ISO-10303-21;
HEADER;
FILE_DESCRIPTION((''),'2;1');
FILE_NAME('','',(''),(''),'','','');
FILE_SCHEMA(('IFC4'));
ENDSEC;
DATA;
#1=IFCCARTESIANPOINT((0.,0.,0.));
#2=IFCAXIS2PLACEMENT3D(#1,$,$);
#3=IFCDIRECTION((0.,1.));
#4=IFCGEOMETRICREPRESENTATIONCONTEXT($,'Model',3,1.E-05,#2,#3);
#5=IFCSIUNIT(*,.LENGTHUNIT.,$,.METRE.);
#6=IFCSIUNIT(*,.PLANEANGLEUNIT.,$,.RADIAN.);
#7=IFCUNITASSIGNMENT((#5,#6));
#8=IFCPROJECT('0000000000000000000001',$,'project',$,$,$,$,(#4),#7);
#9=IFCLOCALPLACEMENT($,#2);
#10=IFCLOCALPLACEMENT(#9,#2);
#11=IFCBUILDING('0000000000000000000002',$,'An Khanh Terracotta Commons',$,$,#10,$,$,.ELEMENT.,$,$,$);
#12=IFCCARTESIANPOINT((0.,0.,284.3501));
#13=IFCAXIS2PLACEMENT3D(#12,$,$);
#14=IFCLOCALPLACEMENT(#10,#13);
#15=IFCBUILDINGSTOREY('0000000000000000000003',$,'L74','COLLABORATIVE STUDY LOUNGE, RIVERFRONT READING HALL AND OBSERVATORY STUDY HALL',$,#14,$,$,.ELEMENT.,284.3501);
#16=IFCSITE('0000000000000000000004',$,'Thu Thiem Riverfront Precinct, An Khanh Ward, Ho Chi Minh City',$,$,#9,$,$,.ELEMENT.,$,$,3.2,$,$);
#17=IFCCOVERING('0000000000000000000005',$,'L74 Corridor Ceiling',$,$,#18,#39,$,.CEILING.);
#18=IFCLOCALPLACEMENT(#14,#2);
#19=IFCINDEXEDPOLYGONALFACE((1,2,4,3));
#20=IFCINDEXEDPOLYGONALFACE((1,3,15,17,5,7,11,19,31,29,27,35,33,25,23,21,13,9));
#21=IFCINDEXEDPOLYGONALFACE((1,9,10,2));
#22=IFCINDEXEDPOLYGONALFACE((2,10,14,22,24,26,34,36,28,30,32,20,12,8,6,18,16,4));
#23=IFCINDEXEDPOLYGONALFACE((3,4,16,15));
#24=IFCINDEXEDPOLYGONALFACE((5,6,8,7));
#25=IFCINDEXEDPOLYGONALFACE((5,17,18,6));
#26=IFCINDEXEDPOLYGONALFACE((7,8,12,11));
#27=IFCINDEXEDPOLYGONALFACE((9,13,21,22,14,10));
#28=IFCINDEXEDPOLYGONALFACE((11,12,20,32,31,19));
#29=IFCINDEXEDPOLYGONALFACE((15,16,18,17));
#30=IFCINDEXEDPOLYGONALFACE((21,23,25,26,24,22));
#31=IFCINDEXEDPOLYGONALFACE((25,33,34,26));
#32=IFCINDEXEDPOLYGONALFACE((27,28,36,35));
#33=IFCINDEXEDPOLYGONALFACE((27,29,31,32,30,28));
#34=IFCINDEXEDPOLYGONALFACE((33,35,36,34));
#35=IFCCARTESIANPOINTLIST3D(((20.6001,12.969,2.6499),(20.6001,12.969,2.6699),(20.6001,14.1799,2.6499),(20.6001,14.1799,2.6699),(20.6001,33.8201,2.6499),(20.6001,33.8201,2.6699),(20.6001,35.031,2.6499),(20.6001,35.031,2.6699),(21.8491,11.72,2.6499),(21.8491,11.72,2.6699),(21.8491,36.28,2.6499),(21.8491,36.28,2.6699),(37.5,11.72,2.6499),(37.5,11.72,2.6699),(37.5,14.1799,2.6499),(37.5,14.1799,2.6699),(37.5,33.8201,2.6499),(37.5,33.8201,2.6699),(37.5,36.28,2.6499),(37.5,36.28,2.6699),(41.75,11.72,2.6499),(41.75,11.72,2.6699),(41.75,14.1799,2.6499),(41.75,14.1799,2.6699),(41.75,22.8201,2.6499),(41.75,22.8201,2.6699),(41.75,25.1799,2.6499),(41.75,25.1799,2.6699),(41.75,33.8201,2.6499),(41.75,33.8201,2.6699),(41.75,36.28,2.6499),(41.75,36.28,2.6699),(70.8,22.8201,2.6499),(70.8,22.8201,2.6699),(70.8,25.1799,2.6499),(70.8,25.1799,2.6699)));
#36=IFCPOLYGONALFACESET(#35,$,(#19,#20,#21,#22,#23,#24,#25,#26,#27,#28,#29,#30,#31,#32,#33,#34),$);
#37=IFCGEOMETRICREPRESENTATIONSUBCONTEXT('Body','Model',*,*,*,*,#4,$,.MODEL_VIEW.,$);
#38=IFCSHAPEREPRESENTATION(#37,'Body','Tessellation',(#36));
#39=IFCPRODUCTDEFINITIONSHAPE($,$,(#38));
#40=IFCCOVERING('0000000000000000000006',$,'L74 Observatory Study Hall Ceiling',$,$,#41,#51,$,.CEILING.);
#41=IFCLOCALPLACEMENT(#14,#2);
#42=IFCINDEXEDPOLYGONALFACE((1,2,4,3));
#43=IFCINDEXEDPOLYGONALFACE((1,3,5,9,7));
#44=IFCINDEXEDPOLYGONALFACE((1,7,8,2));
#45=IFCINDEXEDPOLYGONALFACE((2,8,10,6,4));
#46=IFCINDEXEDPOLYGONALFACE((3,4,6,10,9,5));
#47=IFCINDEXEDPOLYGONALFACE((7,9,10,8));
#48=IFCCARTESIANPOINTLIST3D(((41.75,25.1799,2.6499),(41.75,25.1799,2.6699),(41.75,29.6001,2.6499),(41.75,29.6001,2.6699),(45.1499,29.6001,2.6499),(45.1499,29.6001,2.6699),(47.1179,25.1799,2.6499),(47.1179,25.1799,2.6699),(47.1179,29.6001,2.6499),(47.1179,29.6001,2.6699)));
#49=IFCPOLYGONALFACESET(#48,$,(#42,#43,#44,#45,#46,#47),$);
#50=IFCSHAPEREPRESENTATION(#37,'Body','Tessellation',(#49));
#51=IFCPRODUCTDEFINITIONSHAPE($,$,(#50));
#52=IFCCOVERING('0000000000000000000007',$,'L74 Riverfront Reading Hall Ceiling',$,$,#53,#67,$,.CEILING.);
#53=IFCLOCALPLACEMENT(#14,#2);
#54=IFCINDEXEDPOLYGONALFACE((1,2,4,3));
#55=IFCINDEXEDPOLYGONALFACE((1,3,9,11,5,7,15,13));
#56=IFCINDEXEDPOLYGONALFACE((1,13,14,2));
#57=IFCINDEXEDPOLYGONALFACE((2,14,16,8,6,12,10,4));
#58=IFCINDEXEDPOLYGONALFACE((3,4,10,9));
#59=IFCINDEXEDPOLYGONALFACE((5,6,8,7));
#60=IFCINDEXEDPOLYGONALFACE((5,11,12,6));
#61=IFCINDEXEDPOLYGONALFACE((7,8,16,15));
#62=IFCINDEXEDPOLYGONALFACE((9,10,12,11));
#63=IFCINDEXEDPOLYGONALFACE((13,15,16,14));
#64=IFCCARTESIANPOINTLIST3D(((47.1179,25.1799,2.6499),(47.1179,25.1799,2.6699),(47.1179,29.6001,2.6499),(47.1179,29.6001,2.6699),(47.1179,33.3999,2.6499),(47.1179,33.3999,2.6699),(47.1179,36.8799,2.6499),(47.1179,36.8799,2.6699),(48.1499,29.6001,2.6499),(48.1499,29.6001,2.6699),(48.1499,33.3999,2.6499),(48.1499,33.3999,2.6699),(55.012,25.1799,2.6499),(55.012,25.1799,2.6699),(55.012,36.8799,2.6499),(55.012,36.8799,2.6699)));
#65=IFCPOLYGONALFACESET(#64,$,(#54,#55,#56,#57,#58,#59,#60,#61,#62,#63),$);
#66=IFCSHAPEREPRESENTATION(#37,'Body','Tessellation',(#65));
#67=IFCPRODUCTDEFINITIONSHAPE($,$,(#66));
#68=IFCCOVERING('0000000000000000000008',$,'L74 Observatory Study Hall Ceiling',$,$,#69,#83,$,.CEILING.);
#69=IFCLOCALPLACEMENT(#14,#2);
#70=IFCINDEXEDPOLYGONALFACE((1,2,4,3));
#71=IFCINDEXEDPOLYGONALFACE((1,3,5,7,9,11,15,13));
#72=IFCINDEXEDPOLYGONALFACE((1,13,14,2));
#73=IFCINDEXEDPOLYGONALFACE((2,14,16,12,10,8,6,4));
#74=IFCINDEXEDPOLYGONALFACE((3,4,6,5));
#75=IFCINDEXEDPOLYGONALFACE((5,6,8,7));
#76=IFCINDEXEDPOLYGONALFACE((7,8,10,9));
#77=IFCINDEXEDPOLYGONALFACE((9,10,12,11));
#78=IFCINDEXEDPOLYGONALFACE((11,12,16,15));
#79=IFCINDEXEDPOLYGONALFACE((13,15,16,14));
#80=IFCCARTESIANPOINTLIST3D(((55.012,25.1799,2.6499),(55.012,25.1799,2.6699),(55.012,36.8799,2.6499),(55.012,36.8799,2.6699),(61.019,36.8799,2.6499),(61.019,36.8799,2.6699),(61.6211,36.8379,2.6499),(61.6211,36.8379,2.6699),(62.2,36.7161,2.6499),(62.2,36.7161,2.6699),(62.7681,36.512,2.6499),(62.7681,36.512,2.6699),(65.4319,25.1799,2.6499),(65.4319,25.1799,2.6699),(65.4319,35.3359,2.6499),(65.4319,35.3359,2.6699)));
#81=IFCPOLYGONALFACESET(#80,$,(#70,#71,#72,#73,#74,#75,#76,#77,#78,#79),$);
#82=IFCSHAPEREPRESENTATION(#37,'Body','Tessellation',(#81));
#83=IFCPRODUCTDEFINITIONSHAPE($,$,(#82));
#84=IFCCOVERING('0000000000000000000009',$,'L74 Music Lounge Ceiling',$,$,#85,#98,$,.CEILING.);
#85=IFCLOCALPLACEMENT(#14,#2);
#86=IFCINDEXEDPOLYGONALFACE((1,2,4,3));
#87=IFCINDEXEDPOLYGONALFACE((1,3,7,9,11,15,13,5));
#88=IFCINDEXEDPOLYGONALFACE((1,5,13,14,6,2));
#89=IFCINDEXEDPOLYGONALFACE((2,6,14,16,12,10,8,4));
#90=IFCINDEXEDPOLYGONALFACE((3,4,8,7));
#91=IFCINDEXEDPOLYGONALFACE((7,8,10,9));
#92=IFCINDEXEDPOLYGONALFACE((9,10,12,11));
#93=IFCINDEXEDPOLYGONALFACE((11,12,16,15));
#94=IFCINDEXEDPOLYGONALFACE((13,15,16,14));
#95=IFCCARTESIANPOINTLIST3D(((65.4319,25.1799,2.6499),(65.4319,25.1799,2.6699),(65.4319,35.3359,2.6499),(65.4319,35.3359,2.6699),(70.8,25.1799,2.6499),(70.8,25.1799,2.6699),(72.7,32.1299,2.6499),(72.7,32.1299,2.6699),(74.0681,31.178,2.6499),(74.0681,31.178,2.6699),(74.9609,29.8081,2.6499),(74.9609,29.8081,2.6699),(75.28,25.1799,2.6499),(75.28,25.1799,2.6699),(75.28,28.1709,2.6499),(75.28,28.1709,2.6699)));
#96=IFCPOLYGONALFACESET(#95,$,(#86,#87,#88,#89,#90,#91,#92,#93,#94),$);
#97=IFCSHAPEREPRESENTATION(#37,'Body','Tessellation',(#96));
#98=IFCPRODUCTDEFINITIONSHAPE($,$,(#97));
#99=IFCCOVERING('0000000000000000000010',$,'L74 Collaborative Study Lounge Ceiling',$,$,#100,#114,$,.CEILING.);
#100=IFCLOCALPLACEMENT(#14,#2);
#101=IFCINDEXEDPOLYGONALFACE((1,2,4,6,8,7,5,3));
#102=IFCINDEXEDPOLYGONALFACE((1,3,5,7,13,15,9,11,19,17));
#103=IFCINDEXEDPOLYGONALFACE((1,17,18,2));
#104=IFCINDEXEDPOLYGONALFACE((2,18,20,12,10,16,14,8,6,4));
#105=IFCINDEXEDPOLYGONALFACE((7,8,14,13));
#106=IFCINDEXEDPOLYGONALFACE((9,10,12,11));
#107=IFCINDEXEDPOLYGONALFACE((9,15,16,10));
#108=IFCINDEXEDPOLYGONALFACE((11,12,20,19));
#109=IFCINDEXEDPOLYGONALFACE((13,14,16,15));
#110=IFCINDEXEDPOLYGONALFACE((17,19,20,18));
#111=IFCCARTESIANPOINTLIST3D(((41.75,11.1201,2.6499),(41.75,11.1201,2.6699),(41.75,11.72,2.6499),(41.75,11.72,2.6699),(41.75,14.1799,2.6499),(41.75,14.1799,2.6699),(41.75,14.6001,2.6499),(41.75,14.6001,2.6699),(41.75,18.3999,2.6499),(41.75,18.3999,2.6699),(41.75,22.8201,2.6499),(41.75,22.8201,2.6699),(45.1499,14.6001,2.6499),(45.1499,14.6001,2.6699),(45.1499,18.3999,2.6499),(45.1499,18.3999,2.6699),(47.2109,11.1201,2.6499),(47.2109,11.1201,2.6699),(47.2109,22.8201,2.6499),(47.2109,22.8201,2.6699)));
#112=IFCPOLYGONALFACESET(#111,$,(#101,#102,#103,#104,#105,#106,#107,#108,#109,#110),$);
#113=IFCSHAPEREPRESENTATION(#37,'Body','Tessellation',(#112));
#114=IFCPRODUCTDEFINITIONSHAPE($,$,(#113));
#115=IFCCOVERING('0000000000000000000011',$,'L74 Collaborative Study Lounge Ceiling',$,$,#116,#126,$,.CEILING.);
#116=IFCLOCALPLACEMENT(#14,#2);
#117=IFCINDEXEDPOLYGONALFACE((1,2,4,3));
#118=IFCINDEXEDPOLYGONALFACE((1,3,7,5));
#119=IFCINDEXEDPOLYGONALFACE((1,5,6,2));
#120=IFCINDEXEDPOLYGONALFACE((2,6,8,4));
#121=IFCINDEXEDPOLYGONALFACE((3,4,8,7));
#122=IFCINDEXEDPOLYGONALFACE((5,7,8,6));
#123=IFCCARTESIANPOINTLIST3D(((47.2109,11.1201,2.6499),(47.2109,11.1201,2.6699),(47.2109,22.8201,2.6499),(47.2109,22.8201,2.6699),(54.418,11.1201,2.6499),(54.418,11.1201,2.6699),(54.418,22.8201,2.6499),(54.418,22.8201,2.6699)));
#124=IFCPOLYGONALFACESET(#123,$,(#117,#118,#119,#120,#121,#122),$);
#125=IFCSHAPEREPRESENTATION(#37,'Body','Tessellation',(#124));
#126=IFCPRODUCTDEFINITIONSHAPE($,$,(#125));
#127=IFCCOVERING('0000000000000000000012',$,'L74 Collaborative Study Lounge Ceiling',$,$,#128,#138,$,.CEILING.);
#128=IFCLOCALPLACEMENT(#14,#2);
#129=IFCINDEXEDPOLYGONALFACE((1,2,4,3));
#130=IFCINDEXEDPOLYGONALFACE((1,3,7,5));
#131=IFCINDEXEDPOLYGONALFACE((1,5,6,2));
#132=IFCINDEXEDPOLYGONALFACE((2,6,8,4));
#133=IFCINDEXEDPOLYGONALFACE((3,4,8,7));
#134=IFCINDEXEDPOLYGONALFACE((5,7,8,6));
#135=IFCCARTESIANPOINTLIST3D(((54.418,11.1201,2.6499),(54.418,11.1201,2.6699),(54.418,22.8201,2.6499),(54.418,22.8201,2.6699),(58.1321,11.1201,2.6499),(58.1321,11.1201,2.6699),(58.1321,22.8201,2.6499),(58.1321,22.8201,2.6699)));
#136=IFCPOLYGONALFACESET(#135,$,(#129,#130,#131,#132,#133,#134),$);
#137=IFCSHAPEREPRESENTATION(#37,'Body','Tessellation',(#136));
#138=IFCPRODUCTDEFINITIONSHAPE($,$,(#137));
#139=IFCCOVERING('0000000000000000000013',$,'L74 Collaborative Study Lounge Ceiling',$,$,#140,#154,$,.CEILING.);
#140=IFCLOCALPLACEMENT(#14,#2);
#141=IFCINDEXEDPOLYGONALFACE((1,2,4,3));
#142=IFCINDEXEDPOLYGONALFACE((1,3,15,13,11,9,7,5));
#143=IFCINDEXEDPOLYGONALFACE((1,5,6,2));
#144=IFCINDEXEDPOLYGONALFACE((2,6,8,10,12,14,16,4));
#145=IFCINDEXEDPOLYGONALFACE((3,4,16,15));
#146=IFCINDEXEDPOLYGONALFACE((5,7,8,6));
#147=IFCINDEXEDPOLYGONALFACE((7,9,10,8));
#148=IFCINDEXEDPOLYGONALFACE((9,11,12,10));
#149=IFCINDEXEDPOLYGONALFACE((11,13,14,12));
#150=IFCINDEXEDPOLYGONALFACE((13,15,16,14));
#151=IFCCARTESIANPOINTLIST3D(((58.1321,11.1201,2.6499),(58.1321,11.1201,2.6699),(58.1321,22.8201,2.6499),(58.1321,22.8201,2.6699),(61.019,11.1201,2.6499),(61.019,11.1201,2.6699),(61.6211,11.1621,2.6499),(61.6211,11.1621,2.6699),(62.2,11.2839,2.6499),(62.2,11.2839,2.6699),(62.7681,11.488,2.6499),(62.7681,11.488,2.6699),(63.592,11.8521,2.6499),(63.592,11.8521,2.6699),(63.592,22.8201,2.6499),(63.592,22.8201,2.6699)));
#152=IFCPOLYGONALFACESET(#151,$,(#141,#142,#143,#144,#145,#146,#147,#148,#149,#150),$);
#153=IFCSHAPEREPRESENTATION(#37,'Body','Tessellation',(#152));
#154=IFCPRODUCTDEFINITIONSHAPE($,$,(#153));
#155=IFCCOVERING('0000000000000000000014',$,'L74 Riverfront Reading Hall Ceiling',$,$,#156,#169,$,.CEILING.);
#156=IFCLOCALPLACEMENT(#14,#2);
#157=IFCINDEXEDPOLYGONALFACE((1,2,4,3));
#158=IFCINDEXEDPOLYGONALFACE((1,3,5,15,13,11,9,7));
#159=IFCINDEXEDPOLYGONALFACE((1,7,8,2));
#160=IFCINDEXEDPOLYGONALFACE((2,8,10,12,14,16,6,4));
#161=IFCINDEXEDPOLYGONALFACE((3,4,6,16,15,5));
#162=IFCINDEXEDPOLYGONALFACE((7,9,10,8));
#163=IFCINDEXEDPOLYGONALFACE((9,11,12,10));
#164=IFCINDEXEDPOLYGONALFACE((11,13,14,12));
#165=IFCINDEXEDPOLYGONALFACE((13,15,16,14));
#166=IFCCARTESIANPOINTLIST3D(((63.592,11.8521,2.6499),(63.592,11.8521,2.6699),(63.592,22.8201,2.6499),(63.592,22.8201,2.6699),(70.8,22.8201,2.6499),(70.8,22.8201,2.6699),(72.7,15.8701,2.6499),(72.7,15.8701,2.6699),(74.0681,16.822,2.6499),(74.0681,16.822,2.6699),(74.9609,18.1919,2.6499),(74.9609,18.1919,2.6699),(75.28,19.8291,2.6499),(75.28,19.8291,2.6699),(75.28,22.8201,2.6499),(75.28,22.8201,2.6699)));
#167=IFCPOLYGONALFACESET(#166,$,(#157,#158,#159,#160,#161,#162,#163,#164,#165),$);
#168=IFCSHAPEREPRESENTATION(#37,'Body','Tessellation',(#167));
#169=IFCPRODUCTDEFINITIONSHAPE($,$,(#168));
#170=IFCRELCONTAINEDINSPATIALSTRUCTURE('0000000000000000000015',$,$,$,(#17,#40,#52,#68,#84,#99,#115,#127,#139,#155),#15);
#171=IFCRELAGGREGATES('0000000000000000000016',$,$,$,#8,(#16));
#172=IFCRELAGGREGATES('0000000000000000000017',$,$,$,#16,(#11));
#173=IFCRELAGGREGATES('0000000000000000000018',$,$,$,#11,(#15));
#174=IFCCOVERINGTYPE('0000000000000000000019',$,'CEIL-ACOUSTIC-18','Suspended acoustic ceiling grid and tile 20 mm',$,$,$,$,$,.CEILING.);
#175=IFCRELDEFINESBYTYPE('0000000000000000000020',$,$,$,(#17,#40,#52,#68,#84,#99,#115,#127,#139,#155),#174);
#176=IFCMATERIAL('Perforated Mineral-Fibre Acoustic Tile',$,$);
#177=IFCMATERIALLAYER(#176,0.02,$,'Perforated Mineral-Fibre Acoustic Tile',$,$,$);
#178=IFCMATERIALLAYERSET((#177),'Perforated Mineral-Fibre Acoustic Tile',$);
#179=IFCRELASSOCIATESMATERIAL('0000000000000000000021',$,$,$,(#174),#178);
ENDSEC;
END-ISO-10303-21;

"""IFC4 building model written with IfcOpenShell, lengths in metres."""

from ifc_helpers import new_model, si_unit, direction, frame, origin, place, context, subcontext, project, spatial, polyline, outline, extrude, material, layer, layer_set, type_object, element, save


model = new_model("IFC4")

# Units and contexts
model_context = context("Model", 3, precision=1e-05, world=origin(), true_north=direction((0.0, 1.0)))
body_context = subcontext(model_context, "Body", "Model", "MODEL_VIEW")
ifc_project = project(units=[si_unit("LENGTHUNIT", "METRE"), si_unit("PLANEANGLEUNIT", "RADIAN")], contexts=[model_context])

# Site, building, storey
site_placement = place(None, origin())
site = spatial("IfcSite", under=ifc_project, at=site_placement, Name="Thu Thiem Riverfront Precinct, An Khanh Ward, Ho Chi Minh City", CompositionType="ELEMENT", RefElevation=3.2)
building_placement = place(site_placement, origin())
building = spatial("IfcBuilding", under=site, at=building_placement, Name="An Khanh Terracotta Commons", CompositionType="ELEMENT")
storey_placement = place(building_placement, frame((0.0, 0.0, 284.3501)))
storey = spatial("IfcBuildingStorey", under=building, at=storey_placement, Name="L74", Description="COLLABORATIVE STUDY LOUNGE, RIVERFRONT READING HALL AND OBSERVATORY STUDY HALL", CompositionType="ELEMENT", Elevation=284.3501)

# Coverings
ifc_material_1 = material(Name="Perforated Mineral-Fibre Acoustic Tile")
ifc_layer_1 = layer(ifc_material_1, 0.02, Name="Perforated Mineral-Fibre Acoustic Tile")
ifc_layer_set_1 = layer_set([ifc_layer_1], Name="Perforated Mineral-Fibre Acoustic Tile")
covering_type = type_object("IfcCoveringType", Name="CEIL-ACOUSTIC-18", Description="Suspended acoustic ceiling grid and tile 20 mm", PredefinedType="CEILING", material=ifc_layer_set_1)
covering_1_placement = place(storey_placement, frame((0.0, 0.0, 2.6499)))
element("IfcCovering", 1, at=covering_1_placement, inside=storey, type_object=covering_type, Name="L74 Corridor Ceiling", PredefinedType="CEILING", context=body_context, shape_type="SweptSolid", body=[
    extrude(outline(polyline([(21.8491, 11.72), (20.6001, 12.969), (20.6001, 14.1799), (37.5, 14.1799), (37.5, 33.8201), (20.6001, 33.8201), (20.6001, 35.031), (21.8491, 36.28), (37.5, 36.28), (41.75, 36.28), (41.75, 33.8201), (41.75, 25.1799), (70.8, 25.1799), (70.8, 22.8201), (41.75, 22.8201), (41.75, 14.1799), (41.75, 11.72), (37.5, 11.72), (21.8491, 11.72)])), origin(), (0.0, 0.0, 1.0), 0.02),
])
covering_2_placement = place(storey_placement, frame((0.0, 0.0, 2.6499)))
element("IfcCovering", 2, at=covering_2_placement, inside=storey, type_object=covering_type, Name="L74 Observatory Study Hall Ceiling", PredefinedType="CEILING", context=body_context, shape_type="SweptSolid", body=[
    extrude(outline(polyline([(41.75, 25.1799), (41.75, 29.6001), (45.1499, 29.6001), (47.1179, 29.6001), (47.1179, 25.1799), (41.75, 25.1799)])), origin(), (0.0, 0.0, 1.0), 0.02),
])
covering_3_placement = place(storey_placement, frame((0.0, 0.0, 2.6499)))
element("IfcCovering", 3, at=covering_3_placement, inside=storey, type_object=covering_type, Name="L74 Riverfront Reading Hall Ceiling", PredefinedType="CEILING", context=body_context, shape_type="SweptSolid", body=[
    extrude(outline(polyline([(55.012, 36.8799), (55.012, 25.1799), (47.1179, 25.1799), (47.1179, 29.6001), (48.1499, 29.6001), (48.1499, 33.3999), (47.1179, 33.3999), (47.1179, 36.8799), (55.012, 36.8799)])), origin(), (0.0, 0.0, 1.0), 0.02),
])
covering_4_placement = place(storey_placement, frame((0.0, 0.0, 2.6499)))
element("IfcCovering", 4, at=covering_4_placement, inside=storey, type_object=covering_type, Name="L74 Observatory Study Hall Ceiling", PredefinedType="CEILING", context=body_context, shape_type="SweptSolid", body=[
    extrude(outline(polyline([(61.019, 36.8799), (61.6211, 36.8379), (62.2, 36.7161), (62.7681, 36.512), (65.4319, 35.3359), (65.4319, 25.1799), (55.012, 25.1799), (55.012, 36.8799), (61.019, 36.8799)])), origin(), (0.0, 0.0, 1.0), 0.02),
])
covering_5_placement = place(storey_placement, frame((0.0, 0.0, 2.6499)))
element("IfcCovering", 5, at=covering_5_placement, inside=storey, type_object=covering_type, Name="L74 Music Lounge Ceiling", PredefinedType="CEILING", context=body_context, shape_type="SweptSolid", body=[
    extrude(outline(polyline([(72.7, 32.1299), (74.0681, 31.178), (74.9609, 29.8081), (75.28, 28.1709), (75.28, 25.1799), (70.8, 25.1799), (65.4319, 25.1799), (65.4319, 35.3359), (72.7, 32.1299)])), origin(), (0.0, 0.0, 1.0), 0.02),
])
covering_6_placement = place(storey_placement, frame((0.0, 0.0, 2.6499)))
element("IfcCovering", 6, at=covering_6_placement, inside=storey, type_object=covering_type, Name="L74 Collaborative Study Lounge Ceiling", PredefinedType="CEILING", context=body_context, shape_type="SweptSolid", body=[
    extrude(outline(polyline([(41.75, 11.1201), (41.75, 11.72), (41.75, 14.1799), (41.75, 14.6001), (45.1499, 14.6001), (45.1499, 18.3999), (41.75, 18.3999), (41.75, 22.8201), (47.2109, 22.8201), (47.2109, 11.1201), (41.75, 11.1201)])), origin(), (0.0, 0.0, 1.0), 0.02),
])
covering_7_placement = place(storey_placement, frame((0.0, 0.0, 2.6499)))
element("IfcCovering", 7, at=covering_7_placement, inside=storey, type_object=covering_type, Name="L74 Collaborative Study Lounge Ceiling", PredefinedType="CEILING", context=body_context, shape_type="SweptSolid", body=[
    extrude(outline(polyline([(47.2109, 11.1201), (47.2109, 22.8201), (54.418, 22.8201), (54.418, 11.1201), (47.2109, 11.1201)])), origin(), (0.0, 0.0, 1.0), 0.02),
])
covering_8_placement = place(storey_placement, frame((0.0, 0.0, 2.6499)))
element("IfcCovering", 8, at=covering_8_placement, inside=storey, type_object=covering_type, Name="L74 Collaborative Study Lounge Ceiling", PredefinedType="CEILING", context=body_context, shape_type="SweptSolid", body=[
    extrude(outline(polyline([(54.418, 11.1201), (54.418, 22.8201), (58.1321, 22.8201), (58.1321, 11.1201), (54.418, 11.1201)])), origin(), (0.0, 0.0, 1.0), 0.02),
])
covering_9_placement = place(storey_placement, frame((0.0, 0.0, 2.6499)))
element("IfcCovering", 9, at=covering_9_placement, inside=storey, type_object=covering_type, Name="L74 Collaborative Study Lounge Ceiling", PredefinedType="CEILING", context=body_context, shape_type="SweptSolid", body=[
    extrude(outline(polyline([(62.7681, 11.488), (62.2, 11.2839), (61.6211, 11.1621), (61.019, 11.1201), (58.1321, 11.1201), (58.1321, 22.8201), (63.592, 22.8201), (63.592, 11.8521), (62.7681, 11.488)])), origin(), (0.0, 0.0, 1.0), 0.02),
])
covering_10_placement = place(storey_placement, frame((0.0, 0.0, 2.6499)))
element("IfcCovering", 10, at=covering_10_placement, inside=storey, type_object=covering_type, Name="L74 Riverfront Reading Hall Ceiling", PredefinedType="CEILING", context=body_context, shape_type="SweptSolid", body=[
    extrude(outline(polyline([(75.28, 19.8291), (74.9609, 18.1919), (74.0681, 16.822), (72.7, 15.8701), (63.592, 11.8521), (63.592, 22.8201), (70.8, 22.8201), (75.28, 22.8201), (75.28, 19.8291)])), origin(), (0.0, 0.0, 1.0), 0.02),
])

save(model, "model.ifc")
